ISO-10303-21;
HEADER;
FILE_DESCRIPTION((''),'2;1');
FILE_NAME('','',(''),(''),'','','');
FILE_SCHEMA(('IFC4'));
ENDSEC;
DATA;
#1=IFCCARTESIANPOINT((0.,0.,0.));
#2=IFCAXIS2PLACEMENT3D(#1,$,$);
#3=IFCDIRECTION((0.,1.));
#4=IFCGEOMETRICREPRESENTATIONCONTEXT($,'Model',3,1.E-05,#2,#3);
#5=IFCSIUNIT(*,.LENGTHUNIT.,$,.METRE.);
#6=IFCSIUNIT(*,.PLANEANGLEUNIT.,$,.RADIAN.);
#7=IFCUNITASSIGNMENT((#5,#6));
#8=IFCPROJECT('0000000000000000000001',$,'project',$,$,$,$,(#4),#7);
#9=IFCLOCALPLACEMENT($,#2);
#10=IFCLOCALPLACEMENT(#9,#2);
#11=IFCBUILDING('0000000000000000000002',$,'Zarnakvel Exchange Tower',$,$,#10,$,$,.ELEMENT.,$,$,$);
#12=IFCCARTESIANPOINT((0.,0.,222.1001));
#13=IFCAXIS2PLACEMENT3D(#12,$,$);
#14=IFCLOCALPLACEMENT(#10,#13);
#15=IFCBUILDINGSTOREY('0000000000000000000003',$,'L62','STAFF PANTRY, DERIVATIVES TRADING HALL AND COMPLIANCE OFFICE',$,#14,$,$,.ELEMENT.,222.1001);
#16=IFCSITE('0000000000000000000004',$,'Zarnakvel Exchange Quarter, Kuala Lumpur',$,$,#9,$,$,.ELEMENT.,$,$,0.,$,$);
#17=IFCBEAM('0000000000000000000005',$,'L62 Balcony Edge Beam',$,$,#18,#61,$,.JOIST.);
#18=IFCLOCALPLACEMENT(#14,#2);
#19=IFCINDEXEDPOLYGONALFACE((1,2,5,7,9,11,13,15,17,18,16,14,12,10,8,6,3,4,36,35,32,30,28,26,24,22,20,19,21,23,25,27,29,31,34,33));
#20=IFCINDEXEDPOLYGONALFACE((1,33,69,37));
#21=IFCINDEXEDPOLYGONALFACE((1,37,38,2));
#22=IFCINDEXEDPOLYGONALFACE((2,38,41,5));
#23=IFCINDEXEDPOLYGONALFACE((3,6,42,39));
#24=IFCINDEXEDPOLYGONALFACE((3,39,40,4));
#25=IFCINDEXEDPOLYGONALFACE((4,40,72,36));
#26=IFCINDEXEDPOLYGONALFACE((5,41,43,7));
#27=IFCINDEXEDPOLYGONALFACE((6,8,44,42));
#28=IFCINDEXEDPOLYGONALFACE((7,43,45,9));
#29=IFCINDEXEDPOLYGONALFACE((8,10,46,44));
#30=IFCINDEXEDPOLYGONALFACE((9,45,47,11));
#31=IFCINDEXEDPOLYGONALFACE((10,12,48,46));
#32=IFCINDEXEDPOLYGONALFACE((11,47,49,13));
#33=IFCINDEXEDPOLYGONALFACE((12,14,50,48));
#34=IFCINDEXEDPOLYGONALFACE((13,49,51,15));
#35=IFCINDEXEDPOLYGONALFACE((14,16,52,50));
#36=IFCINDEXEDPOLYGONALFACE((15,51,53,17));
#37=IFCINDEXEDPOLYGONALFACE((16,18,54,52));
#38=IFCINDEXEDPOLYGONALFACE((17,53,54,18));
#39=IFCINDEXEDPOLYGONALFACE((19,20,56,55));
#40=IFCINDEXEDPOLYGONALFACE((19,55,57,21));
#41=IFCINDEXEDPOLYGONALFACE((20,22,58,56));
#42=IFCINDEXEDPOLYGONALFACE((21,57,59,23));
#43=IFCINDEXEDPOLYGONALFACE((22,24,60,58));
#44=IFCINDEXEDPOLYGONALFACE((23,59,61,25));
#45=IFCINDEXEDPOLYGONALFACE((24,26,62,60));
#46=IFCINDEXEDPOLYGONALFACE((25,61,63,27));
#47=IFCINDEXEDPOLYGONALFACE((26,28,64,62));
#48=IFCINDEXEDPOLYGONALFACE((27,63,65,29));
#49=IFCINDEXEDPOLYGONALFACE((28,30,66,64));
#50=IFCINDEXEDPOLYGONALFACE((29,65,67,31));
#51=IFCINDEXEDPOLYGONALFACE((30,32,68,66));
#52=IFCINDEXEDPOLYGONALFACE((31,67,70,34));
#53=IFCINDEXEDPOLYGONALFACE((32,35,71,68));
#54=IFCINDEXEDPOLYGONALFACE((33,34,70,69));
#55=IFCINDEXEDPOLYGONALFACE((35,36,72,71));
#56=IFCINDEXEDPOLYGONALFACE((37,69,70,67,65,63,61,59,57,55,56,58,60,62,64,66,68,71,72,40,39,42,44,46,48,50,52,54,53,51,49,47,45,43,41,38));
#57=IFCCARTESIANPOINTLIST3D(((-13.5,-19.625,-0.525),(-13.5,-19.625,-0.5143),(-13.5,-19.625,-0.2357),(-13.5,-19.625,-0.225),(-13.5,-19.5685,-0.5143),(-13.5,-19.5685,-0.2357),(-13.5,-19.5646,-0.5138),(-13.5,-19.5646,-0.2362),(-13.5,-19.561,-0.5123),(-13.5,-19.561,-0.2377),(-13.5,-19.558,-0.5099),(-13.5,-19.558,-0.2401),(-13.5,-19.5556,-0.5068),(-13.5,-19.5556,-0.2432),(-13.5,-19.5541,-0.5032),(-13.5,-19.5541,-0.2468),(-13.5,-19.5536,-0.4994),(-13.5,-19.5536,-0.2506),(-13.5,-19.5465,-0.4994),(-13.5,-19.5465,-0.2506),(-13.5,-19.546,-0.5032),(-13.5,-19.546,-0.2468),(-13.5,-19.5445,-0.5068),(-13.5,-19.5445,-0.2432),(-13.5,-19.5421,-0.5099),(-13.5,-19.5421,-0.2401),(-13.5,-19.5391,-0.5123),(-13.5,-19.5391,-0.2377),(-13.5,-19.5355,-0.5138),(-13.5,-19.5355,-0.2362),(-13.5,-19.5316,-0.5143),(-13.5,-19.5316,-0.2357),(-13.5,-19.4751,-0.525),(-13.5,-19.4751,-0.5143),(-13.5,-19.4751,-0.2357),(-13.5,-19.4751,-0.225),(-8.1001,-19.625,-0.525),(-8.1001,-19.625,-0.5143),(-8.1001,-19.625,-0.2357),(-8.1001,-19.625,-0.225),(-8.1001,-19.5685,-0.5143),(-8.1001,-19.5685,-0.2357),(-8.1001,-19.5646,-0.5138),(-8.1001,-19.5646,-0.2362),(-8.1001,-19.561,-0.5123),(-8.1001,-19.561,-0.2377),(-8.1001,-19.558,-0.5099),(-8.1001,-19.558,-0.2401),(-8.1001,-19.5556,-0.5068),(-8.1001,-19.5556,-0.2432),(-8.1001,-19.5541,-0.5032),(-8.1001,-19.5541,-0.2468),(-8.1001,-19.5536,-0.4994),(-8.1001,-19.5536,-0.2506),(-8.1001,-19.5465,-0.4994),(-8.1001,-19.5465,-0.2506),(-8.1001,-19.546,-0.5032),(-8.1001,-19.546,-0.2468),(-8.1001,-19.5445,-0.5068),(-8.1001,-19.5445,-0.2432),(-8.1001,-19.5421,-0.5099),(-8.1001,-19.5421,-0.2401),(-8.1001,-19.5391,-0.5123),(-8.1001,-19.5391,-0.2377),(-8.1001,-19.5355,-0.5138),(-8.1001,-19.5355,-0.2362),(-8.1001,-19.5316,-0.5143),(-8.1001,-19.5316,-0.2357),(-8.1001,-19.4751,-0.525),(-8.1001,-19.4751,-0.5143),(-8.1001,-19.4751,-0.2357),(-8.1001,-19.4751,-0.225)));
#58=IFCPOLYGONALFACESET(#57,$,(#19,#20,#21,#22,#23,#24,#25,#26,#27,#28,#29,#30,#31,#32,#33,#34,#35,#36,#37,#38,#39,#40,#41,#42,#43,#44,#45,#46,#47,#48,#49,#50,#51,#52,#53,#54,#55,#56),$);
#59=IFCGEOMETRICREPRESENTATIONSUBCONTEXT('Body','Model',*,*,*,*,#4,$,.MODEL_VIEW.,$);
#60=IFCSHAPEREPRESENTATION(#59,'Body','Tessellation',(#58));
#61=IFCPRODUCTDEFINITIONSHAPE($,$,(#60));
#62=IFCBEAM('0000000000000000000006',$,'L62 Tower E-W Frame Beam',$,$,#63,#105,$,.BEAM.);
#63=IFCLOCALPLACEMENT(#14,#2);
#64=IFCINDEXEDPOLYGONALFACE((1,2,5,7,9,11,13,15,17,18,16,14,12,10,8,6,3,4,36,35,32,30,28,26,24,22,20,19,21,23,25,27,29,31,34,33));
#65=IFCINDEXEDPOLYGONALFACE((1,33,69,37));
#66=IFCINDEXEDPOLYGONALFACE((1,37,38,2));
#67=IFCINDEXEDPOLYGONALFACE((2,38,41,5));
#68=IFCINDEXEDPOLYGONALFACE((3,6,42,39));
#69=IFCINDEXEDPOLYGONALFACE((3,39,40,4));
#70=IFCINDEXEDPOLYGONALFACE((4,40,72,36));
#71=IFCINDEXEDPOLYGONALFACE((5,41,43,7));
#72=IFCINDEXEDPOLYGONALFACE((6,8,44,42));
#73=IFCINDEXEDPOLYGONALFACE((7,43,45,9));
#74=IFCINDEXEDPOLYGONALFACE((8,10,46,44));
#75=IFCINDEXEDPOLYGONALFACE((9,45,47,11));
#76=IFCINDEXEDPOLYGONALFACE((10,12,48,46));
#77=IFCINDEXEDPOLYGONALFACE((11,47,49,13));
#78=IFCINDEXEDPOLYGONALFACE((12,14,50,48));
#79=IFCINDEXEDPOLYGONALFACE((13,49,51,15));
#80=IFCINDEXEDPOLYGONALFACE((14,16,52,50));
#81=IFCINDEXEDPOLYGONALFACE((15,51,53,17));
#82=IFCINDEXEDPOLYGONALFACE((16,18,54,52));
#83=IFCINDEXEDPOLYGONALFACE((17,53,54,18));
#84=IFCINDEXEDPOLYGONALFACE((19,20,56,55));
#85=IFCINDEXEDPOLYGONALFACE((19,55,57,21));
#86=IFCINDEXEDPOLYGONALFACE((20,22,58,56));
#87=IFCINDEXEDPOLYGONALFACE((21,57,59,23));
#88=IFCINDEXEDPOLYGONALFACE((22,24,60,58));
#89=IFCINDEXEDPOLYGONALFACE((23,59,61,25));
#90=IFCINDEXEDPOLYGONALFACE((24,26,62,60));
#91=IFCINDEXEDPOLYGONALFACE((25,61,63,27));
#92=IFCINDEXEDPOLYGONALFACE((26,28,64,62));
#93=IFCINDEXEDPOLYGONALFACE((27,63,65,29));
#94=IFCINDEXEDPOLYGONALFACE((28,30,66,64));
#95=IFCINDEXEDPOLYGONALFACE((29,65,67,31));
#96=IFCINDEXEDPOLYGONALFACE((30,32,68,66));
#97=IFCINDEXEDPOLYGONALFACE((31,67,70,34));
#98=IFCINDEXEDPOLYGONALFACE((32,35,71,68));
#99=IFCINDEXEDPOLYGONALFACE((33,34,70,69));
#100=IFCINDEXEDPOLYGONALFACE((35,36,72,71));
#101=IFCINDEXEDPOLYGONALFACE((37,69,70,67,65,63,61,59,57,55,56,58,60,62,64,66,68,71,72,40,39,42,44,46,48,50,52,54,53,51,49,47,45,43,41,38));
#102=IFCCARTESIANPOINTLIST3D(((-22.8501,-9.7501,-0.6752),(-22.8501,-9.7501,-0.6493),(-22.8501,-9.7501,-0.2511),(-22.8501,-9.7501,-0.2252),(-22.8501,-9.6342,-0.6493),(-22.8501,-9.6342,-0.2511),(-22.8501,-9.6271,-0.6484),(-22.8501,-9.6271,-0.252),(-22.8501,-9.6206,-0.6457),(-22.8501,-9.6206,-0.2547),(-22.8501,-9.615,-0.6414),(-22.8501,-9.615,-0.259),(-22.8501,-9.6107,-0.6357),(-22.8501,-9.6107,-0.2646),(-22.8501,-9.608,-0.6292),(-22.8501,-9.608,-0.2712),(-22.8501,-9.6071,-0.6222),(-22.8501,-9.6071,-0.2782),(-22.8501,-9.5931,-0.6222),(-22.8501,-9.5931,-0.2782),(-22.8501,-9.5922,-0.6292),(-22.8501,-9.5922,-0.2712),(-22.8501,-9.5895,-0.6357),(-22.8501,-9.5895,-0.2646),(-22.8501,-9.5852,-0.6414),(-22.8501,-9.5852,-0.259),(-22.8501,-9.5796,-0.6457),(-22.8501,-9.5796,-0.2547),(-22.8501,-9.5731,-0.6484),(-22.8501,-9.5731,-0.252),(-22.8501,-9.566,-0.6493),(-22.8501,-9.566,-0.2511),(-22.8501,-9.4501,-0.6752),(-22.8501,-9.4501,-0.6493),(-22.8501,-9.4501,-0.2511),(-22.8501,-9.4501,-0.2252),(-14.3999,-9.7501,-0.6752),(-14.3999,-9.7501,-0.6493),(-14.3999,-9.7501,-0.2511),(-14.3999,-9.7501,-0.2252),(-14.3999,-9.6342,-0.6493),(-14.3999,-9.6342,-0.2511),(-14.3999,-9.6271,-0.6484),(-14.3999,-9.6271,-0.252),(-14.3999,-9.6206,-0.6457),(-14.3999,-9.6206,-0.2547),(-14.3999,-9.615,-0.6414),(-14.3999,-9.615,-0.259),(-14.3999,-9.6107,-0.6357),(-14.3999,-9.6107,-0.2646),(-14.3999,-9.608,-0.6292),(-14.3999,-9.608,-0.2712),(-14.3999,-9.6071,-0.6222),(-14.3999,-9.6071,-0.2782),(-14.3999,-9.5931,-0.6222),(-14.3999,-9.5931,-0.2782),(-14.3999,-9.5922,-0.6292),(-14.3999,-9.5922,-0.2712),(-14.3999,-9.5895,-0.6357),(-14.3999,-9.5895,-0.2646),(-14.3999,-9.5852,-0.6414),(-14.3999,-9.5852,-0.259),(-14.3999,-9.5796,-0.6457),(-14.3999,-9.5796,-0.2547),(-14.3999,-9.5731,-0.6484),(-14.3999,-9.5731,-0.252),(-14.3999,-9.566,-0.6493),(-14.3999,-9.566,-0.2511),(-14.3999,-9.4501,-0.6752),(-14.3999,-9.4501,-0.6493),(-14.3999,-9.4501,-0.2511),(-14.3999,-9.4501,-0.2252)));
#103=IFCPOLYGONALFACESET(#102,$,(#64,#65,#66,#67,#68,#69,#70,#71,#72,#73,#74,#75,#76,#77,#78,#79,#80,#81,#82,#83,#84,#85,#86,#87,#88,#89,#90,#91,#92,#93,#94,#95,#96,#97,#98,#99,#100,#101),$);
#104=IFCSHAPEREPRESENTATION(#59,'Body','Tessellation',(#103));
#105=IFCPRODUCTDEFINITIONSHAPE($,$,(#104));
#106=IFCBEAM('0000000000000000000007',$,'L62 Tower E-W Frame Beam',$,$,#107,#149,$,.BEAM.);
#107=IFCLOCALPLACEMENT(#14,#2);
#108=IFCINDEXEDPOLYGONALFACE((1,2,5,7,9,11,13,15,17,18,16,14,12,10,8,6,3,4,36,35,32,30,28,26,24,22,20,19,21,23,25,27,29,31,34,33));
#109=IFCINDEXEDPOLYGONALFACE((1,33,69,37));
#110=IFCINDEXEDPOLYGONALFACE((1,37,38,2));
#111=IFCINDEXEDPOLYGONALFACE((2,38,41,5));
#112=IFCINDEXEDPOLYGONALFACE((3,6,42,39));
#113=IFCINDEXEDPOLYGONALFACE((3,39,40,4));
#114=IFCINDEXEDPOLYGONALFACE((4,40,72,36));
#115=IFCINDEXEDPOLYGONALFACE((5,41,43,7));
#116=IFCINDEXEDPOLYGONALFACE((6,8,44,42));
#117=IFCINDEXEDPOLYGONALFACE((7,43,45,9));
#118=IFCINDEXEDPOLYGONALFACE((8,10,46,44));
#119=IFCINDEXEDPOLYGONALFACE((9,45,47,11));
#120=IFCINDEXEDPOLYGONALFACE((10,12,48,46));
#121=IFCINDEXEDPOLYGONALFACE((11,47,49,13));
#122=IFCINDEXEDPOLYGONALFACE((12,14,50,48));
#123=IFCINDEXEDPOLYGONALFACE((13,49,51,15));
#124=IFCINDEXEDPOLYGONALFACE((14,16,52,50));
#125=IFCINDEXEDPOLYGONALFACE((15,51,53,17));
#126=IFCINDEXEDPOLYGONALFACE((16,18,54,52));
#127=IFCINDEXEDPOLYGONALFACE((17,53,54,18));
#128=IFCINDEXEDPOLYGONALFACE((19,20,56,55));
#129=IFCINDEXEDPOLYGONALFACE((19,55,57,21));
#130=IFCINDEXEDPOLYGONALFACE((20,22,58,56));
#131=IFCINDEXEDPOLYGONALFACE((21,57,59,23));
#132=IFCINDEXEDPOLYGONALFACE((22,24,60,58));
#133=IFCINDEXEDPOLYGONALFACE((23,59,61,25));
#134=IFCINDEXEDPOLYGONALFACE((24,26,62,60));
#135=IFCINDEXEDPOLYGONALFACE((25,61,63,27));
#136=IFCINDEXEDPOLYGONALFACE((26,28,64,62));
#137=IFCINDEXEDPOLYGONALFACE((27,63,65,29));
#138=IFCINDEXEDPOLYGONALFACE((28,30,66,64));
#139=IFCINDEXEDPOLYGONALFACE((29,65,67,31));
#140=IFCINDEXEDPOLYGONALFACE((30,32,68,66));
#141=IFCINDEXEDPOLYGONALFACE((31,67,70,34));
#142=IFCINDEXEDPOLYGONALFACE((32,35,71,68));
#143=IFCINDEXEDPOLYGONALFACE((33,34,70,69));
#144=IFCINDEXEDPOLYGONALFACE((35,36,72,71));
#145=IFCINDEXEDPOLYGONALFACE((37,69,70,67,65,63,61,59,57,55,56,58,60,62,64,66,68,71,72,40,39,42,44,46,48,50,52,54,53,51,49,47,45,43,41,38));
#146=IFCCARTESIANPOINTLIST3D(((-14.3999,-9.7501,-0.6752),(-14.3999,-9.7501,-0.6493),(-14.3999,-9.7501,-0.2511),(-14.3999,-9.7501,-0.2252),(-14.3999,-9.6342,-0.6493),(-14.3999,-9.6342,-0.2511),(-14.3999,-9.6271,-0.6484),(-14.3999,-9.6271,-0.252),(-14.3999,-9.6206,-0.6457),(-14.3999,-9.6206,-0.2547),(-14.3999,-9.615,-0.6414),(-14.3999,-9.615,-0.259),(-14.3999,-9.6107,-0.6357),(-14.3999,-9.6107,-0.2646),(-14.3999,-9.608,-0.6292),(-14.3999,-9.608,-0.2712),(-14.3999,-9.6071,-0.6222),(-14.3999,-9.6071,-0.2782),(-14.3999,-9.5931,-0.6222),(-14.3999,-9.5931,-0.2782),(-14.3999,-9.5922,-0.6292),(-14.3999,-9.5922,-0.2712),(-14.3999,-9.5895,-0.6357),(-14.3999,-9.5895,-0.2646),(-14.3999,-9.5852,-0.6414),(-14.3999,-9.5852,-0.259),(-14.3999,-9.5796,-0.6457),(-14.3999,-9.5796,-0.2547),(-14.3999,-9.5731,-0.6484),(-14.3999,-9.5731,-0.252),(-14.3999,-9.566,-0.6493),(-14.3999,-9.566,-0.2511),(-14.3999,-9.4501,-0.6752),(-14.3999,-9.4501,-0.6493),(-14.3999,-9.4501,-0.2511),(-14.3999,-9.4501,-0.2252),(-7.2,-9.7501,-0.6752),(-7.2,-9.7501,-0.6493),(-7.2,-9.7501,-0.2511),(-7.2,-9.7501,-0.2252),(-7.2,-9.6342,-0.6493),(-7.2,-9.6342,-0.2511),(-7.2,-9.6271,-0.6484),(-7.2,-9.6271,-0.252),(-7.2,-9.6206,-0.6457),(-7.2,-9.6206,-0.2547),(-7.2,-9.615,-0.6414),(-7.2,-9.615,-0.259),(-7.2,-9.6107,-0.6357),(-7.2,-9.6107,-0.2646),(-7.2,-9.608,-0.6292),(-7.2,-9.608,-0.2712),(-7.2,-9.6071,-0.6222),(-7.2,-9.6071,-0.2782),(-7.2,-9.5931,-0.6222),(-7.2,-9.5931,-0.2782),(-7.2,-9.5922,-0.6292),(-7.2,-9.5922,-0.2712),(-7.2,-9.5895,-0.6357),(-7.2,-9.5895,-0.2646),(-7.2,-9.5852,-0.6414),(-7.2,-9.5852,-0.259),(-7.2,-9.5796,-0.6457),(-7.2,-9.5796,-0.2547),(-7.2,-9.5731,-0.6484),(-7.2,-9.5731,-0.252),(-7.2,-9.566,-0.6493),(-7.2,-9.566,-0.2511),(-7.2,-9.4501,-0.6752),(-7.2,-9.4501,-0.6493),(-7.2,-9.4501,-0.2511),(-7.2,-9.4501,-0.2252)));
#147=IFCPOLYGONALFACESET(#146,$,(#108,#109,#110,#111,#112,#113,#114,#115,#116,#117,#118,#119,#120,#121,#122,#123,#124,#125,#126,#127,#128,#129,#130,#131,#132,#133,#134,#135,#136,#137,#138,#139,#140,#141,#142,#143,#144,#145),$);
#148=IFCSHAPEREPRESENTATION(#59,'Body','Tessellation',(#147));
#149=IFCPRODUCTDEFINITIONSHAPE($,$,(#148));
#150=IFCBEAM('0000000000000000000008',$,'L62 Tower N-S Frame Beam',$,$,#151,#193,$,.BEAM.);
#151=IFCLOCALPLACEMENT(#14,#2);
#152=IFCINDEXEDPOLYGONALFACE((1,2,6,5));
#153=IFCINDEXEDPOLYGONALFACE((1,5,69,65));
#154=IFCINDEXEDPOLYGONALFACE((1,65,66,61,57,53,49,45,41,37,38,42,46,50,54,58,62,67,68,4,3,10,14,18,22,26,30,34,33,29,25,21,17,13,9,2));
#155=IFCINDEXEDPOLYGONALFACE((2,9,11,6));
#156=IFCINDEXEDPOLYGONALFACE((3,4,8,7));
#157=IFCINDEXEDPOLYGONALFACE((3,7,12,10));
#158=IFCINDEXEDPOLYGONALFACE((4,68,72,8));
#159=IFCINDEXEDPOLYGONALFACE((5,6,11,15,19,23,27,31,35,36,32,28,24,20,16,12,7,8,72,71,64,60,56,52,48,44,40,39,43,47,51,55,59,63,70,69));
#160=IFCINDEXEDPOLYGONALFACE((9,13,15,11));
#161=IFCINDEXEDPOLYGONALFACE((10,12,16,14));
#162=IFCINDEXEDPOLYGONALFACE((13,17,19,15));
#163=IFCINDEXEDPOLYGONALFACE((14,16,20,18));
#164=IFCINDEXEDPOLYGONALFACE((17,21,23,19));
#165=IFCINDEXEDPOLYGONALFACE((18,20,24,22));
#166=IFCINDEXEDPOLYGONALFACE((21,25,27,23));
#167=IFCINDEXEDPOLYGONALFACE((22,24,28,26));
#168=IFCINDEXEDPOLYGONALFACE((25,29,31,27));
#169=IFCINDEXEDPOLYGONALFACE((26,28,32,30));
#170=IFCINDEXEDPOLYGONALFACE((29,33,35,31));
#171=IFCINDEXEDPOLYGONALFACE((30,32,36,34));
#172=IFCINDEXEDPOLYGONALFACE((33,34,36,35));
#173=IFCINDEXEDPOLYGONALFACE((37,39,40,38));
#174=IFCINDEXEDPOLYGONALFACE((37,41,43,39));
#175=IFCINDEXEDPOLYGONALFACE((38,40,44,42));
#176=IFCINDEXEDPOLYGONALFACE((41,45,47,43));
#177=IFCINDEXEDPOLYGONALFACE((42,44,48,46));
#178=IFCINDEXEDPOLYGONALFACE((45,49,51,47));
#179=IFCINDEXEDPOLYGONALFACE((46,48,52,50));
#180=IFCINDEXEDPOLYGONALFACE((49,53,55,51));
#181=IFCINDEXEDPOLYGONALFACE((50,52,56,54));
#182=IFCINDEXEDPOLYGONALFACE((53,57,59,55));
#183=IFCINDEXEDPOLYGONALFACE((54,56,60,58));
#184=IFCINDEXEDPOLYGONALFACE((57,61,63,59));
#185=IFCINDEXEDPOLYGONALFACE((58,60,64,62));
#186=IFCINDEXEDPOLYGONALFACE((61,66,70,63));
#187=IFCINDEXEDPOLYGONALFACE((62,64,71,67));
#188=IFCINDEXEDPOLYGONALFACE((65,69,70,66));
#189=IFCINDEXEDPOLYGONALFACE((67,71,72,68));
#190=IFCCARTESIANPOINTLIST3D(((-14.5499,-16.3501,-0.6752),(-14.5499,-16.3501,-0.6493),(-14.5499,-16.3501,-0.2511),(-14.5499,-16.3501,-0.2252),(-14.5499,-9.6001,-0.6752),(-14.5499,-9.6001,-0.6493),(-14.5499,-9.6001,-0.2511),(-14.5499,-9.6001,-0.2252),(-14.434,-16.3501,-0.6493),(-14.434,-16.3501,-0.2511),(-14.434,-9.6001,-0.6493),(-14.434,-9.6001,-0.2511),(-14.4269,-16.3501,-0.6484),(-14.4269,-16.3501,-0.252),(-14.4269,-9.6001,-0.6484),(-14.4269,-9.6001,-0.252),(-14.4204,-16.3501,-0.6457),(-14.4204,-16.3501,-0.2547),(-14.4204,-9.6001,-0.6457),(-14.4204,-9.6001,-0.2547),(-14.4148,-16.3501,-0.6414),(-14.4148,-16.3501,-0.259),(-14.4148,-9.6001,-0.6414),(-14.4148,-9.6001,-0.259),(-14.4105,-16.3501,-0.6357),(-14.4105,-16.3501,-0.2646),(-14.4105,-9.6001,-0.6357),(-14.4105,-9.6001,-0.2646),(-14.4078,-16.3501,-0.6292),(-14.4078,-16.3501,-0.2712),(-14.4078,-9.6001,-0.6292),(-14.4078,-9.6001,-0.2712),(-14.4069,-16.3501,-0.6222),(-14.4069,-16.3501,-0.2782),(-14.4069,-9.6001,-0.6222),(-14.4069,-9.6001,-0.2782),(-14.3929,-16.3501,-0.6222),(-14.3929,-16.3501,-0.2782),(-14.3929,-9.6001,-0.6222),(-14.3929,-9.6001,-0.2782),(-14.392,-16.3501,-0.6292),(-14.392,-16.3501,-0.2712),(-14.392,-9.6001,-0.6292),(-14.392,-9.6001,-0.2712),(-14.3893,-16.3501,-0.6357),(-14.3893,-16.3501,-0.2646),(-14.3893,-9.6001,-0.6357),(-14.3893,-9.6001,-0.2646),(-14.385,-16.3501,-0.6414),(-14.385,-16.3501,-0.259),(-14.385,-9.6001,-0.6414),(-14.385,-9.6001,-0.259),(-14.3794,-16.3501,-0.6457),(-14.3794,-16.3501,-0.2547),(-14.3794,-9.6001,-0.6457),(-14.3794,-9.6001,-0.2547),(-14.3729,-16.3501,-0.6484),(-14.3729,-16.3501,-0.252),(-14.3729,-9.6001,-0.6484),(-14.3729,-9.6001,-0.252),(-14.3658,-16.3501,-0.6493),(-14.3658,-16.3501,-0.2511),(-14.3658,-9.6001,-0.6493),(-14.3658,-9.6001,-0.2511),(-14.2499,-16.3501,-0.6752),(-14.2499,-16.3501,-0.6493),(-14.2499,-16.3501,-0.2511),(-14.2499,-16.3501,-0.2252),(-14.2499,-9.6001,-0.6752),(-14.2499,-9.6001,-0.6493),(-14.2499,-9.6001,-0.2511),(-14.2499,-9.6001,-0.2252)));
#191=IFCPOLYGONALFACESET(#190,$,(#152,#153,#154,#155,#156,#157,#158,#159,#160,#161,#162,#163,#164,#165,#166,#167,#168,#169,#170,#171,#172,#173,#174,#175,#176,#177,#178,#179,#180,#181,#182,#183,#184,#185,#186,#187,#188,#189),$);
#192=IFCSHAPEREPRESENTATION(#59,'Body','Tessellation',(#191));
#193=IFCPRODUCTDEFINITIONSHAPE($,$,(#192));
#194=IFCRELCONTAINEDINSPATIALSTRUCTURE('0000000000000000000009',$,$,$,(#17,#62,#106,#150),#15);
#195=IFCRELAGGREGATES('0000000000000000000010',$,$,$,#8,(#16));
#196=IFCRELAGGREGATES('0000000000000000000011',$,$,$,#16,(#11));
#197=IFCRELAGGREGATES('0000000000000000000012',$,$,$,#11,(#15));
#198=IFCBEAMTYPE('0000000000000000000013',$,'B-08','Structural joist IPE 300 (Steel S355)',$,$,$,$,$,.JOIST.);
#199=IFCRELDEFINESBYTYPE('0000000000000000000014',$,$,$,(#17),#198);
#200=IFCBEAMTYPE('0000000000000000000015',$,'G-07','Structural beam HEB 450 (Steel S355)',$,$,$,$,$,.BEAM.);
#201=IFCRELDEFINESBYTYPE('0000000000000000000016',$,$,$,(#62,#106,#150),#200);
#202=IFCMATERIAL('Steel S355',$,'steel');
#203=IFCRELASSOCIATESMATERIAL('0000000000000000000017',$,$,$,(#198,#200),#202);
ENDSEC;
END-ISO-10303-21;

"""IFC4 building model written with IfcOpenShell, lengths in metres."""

from ifc_helpers import new_model, si_unit, direction, frame, origin, origin_2d, place, context, subcontext, project, spatial, i_section, extrude, material, material_profile, profile_set, type_object, element, save


model = new_model("IFC4")

# Units and contexts
model_context = context("Model", 3, precision=1e-05, world=origin(), true_north=direction((0.0, 1.0)))
body_context = subcontext(model_context, "Body", "Model", "MODEL_VIEW")
ifc_project = project(units=[si_unit("LENGTHUNIT", "METRE"), si_unit("PLANEANGLEUNIT", "RADIAN")], contexts=[model_context])

# Site, building, storey
site_placement = place(None, origin())
site = spatial("IfcSite", under=ifc_project, at=site_placement, Name="Zarnakvel Exchange Quarter, Kuala Lumpur", CompositionType="ELEMENT", RefElevation=0.0)
building_placement = place(site_placement, origin())
building = spatial("IfcBuilding", under=site, at=building_placement, Name="Zarnakvel Exchange Tower", CompositionType="ELEMENT")
storey_placement = place(building_placement, frame((0.0, 0.0, 222.1001)))
storey = spatial("IfcBuildingStorey", under=building, at=storey_placement, Name="L62", Description="STAFF PANTRY, DERIVATIVES TRADING HALL AND COMPLIANCE OFFICE", CompositionType="ELEMENT", Elevation=222.1001)

# Shared definitions
ifc_material_1 = material(Name="Steel S355", Category="steel")

# Beams
ifc_material_profile_1 = material_profile(ifc_material_1, i_section(OverallWidth=0.1499, OverallDepth=0.3, WebThickness=0.0071, FlangeThickness=0.0107, FilletRadius=0.0149, at=origin_2d()))
ifc_profile_set_1 = profile_set([ifc_material_profile_1], Name="Steel S355")
beam_type_1 = type_object("IfcBeamType", Name="B-08", Description="Structural joist IPE 300 (Steel S355)", PredefinedType="JOIST", material=ifc_profile_set_1)
beam_1_placement = place(storey_placement, frame((-13.5, -19.55, -0.375), z_axis=(1.0, 0.0, 0.0), x_axis=(0.0, 1.0, 0.0)))
element("IfcBeam", 1, at=beam_1_placement, inside=storey, type_object=beam_type_1, Name="L62 Balcony Edge Beam", PredefinedType="JOIST", context=body_context, shape_type="SweptSolid", body=[
    extrude(i_section(OverallWidth=0.1499, OverallDepth=0.3, WebThickness=0.0071, FlangeThickness=0.0107, FilletRadius=0.0149, at=origin_2d()), origin(), (0.0, 0.0, 1.0), 5.3999),
])
ifc_material_profile_2 = material_profile(ifc_material_1, i_section(OverallWidth=0.3, OverallDepth=0.45, WebThickness=0.0139, FlangeThickness=0.0259, FilletRadius=0.0271, at=origin_2d()))
ifc_profile_set_2 = profile_set([ifc_material_profile_2], Name="Steel S355")
beam_type_2 = type_object("IfcBeamType", Name="G-07", Description="Structural beam HEB 450 (Steel S355)", PredefinedType="BEAM", material=ifc_profile_set_2)
beam_2_placement = place(storey_placement, frame((-22.8501, -9.6001, -0.4502), z_axis=(1.0, 0.0, 0.0), x_axis=(0.0, 1.0, 0.0)))
element("IfcBeam", 2, at=beam_2_placement, inside=storey, type_object=beam_type_2, Name="L62 Tower E-W Frame Beam", PredefinedType="BEAM", context=body_context, shape_type="SweptSolid", body=[
    extrude(i_section(OverallWidth=0.3, OverallDepth=0.45, WebThickness=0.0139, FlangeThickness=0.0259, FilletRadius=0.0271, at=origin_2d()), origin(), (0.0, 0.0, 1.0), 8.4502),
])
beam_3_placement = place(storey_placement, frame((-14.3999, -9.6001, -0.4502), z_axis=(1.0, 0.0, 0.0), x_axis=(0.0, 1.0, 0.0)))
element("IfcBeam", 3, at=beam_3_placement, inside=storey, type_object=beam_type_2, Name="L62 Tower E-W Frame Beam", PredefinedType="BEAM", context=body_context, shape_type="SweptSolid", body=[
    extrude(i_section(OverallWidth=0.3, OverallDepth=0.45, WebThickness=0.0139, FlangeThickness=0.0259, FilletRadius=0.0271, at=origin_2d()), origin(), (0.0, 0.0, 1.0), 7.2),
])
beam_4_placement = place(storey_placement, frame((-14.3999, -16.3501, -0.4502), z_axis=(0.0, 1.0, 0.0), x_axis=(-1.0, 0.0, 0.0)))
element("IfcBeam", 4, at=beam_4_placement, inside=storey, type_object=beam_type_2, Name="L62 Tower N-S Frame Beam", PredefinedType="BEAM", context=body_context, shape_type="SweptSolid", body=[
    extrude(i_section(OverallWidth=0.3, OverallDepth=0.45, WebThickness=0.0139, FlangeThickness=0.0259, FilletRadius=0.0271, at=origin_2d()), origin(), (0.0, 0.0, 1.0), 6.75),
])

save(model, "model.ifc")
